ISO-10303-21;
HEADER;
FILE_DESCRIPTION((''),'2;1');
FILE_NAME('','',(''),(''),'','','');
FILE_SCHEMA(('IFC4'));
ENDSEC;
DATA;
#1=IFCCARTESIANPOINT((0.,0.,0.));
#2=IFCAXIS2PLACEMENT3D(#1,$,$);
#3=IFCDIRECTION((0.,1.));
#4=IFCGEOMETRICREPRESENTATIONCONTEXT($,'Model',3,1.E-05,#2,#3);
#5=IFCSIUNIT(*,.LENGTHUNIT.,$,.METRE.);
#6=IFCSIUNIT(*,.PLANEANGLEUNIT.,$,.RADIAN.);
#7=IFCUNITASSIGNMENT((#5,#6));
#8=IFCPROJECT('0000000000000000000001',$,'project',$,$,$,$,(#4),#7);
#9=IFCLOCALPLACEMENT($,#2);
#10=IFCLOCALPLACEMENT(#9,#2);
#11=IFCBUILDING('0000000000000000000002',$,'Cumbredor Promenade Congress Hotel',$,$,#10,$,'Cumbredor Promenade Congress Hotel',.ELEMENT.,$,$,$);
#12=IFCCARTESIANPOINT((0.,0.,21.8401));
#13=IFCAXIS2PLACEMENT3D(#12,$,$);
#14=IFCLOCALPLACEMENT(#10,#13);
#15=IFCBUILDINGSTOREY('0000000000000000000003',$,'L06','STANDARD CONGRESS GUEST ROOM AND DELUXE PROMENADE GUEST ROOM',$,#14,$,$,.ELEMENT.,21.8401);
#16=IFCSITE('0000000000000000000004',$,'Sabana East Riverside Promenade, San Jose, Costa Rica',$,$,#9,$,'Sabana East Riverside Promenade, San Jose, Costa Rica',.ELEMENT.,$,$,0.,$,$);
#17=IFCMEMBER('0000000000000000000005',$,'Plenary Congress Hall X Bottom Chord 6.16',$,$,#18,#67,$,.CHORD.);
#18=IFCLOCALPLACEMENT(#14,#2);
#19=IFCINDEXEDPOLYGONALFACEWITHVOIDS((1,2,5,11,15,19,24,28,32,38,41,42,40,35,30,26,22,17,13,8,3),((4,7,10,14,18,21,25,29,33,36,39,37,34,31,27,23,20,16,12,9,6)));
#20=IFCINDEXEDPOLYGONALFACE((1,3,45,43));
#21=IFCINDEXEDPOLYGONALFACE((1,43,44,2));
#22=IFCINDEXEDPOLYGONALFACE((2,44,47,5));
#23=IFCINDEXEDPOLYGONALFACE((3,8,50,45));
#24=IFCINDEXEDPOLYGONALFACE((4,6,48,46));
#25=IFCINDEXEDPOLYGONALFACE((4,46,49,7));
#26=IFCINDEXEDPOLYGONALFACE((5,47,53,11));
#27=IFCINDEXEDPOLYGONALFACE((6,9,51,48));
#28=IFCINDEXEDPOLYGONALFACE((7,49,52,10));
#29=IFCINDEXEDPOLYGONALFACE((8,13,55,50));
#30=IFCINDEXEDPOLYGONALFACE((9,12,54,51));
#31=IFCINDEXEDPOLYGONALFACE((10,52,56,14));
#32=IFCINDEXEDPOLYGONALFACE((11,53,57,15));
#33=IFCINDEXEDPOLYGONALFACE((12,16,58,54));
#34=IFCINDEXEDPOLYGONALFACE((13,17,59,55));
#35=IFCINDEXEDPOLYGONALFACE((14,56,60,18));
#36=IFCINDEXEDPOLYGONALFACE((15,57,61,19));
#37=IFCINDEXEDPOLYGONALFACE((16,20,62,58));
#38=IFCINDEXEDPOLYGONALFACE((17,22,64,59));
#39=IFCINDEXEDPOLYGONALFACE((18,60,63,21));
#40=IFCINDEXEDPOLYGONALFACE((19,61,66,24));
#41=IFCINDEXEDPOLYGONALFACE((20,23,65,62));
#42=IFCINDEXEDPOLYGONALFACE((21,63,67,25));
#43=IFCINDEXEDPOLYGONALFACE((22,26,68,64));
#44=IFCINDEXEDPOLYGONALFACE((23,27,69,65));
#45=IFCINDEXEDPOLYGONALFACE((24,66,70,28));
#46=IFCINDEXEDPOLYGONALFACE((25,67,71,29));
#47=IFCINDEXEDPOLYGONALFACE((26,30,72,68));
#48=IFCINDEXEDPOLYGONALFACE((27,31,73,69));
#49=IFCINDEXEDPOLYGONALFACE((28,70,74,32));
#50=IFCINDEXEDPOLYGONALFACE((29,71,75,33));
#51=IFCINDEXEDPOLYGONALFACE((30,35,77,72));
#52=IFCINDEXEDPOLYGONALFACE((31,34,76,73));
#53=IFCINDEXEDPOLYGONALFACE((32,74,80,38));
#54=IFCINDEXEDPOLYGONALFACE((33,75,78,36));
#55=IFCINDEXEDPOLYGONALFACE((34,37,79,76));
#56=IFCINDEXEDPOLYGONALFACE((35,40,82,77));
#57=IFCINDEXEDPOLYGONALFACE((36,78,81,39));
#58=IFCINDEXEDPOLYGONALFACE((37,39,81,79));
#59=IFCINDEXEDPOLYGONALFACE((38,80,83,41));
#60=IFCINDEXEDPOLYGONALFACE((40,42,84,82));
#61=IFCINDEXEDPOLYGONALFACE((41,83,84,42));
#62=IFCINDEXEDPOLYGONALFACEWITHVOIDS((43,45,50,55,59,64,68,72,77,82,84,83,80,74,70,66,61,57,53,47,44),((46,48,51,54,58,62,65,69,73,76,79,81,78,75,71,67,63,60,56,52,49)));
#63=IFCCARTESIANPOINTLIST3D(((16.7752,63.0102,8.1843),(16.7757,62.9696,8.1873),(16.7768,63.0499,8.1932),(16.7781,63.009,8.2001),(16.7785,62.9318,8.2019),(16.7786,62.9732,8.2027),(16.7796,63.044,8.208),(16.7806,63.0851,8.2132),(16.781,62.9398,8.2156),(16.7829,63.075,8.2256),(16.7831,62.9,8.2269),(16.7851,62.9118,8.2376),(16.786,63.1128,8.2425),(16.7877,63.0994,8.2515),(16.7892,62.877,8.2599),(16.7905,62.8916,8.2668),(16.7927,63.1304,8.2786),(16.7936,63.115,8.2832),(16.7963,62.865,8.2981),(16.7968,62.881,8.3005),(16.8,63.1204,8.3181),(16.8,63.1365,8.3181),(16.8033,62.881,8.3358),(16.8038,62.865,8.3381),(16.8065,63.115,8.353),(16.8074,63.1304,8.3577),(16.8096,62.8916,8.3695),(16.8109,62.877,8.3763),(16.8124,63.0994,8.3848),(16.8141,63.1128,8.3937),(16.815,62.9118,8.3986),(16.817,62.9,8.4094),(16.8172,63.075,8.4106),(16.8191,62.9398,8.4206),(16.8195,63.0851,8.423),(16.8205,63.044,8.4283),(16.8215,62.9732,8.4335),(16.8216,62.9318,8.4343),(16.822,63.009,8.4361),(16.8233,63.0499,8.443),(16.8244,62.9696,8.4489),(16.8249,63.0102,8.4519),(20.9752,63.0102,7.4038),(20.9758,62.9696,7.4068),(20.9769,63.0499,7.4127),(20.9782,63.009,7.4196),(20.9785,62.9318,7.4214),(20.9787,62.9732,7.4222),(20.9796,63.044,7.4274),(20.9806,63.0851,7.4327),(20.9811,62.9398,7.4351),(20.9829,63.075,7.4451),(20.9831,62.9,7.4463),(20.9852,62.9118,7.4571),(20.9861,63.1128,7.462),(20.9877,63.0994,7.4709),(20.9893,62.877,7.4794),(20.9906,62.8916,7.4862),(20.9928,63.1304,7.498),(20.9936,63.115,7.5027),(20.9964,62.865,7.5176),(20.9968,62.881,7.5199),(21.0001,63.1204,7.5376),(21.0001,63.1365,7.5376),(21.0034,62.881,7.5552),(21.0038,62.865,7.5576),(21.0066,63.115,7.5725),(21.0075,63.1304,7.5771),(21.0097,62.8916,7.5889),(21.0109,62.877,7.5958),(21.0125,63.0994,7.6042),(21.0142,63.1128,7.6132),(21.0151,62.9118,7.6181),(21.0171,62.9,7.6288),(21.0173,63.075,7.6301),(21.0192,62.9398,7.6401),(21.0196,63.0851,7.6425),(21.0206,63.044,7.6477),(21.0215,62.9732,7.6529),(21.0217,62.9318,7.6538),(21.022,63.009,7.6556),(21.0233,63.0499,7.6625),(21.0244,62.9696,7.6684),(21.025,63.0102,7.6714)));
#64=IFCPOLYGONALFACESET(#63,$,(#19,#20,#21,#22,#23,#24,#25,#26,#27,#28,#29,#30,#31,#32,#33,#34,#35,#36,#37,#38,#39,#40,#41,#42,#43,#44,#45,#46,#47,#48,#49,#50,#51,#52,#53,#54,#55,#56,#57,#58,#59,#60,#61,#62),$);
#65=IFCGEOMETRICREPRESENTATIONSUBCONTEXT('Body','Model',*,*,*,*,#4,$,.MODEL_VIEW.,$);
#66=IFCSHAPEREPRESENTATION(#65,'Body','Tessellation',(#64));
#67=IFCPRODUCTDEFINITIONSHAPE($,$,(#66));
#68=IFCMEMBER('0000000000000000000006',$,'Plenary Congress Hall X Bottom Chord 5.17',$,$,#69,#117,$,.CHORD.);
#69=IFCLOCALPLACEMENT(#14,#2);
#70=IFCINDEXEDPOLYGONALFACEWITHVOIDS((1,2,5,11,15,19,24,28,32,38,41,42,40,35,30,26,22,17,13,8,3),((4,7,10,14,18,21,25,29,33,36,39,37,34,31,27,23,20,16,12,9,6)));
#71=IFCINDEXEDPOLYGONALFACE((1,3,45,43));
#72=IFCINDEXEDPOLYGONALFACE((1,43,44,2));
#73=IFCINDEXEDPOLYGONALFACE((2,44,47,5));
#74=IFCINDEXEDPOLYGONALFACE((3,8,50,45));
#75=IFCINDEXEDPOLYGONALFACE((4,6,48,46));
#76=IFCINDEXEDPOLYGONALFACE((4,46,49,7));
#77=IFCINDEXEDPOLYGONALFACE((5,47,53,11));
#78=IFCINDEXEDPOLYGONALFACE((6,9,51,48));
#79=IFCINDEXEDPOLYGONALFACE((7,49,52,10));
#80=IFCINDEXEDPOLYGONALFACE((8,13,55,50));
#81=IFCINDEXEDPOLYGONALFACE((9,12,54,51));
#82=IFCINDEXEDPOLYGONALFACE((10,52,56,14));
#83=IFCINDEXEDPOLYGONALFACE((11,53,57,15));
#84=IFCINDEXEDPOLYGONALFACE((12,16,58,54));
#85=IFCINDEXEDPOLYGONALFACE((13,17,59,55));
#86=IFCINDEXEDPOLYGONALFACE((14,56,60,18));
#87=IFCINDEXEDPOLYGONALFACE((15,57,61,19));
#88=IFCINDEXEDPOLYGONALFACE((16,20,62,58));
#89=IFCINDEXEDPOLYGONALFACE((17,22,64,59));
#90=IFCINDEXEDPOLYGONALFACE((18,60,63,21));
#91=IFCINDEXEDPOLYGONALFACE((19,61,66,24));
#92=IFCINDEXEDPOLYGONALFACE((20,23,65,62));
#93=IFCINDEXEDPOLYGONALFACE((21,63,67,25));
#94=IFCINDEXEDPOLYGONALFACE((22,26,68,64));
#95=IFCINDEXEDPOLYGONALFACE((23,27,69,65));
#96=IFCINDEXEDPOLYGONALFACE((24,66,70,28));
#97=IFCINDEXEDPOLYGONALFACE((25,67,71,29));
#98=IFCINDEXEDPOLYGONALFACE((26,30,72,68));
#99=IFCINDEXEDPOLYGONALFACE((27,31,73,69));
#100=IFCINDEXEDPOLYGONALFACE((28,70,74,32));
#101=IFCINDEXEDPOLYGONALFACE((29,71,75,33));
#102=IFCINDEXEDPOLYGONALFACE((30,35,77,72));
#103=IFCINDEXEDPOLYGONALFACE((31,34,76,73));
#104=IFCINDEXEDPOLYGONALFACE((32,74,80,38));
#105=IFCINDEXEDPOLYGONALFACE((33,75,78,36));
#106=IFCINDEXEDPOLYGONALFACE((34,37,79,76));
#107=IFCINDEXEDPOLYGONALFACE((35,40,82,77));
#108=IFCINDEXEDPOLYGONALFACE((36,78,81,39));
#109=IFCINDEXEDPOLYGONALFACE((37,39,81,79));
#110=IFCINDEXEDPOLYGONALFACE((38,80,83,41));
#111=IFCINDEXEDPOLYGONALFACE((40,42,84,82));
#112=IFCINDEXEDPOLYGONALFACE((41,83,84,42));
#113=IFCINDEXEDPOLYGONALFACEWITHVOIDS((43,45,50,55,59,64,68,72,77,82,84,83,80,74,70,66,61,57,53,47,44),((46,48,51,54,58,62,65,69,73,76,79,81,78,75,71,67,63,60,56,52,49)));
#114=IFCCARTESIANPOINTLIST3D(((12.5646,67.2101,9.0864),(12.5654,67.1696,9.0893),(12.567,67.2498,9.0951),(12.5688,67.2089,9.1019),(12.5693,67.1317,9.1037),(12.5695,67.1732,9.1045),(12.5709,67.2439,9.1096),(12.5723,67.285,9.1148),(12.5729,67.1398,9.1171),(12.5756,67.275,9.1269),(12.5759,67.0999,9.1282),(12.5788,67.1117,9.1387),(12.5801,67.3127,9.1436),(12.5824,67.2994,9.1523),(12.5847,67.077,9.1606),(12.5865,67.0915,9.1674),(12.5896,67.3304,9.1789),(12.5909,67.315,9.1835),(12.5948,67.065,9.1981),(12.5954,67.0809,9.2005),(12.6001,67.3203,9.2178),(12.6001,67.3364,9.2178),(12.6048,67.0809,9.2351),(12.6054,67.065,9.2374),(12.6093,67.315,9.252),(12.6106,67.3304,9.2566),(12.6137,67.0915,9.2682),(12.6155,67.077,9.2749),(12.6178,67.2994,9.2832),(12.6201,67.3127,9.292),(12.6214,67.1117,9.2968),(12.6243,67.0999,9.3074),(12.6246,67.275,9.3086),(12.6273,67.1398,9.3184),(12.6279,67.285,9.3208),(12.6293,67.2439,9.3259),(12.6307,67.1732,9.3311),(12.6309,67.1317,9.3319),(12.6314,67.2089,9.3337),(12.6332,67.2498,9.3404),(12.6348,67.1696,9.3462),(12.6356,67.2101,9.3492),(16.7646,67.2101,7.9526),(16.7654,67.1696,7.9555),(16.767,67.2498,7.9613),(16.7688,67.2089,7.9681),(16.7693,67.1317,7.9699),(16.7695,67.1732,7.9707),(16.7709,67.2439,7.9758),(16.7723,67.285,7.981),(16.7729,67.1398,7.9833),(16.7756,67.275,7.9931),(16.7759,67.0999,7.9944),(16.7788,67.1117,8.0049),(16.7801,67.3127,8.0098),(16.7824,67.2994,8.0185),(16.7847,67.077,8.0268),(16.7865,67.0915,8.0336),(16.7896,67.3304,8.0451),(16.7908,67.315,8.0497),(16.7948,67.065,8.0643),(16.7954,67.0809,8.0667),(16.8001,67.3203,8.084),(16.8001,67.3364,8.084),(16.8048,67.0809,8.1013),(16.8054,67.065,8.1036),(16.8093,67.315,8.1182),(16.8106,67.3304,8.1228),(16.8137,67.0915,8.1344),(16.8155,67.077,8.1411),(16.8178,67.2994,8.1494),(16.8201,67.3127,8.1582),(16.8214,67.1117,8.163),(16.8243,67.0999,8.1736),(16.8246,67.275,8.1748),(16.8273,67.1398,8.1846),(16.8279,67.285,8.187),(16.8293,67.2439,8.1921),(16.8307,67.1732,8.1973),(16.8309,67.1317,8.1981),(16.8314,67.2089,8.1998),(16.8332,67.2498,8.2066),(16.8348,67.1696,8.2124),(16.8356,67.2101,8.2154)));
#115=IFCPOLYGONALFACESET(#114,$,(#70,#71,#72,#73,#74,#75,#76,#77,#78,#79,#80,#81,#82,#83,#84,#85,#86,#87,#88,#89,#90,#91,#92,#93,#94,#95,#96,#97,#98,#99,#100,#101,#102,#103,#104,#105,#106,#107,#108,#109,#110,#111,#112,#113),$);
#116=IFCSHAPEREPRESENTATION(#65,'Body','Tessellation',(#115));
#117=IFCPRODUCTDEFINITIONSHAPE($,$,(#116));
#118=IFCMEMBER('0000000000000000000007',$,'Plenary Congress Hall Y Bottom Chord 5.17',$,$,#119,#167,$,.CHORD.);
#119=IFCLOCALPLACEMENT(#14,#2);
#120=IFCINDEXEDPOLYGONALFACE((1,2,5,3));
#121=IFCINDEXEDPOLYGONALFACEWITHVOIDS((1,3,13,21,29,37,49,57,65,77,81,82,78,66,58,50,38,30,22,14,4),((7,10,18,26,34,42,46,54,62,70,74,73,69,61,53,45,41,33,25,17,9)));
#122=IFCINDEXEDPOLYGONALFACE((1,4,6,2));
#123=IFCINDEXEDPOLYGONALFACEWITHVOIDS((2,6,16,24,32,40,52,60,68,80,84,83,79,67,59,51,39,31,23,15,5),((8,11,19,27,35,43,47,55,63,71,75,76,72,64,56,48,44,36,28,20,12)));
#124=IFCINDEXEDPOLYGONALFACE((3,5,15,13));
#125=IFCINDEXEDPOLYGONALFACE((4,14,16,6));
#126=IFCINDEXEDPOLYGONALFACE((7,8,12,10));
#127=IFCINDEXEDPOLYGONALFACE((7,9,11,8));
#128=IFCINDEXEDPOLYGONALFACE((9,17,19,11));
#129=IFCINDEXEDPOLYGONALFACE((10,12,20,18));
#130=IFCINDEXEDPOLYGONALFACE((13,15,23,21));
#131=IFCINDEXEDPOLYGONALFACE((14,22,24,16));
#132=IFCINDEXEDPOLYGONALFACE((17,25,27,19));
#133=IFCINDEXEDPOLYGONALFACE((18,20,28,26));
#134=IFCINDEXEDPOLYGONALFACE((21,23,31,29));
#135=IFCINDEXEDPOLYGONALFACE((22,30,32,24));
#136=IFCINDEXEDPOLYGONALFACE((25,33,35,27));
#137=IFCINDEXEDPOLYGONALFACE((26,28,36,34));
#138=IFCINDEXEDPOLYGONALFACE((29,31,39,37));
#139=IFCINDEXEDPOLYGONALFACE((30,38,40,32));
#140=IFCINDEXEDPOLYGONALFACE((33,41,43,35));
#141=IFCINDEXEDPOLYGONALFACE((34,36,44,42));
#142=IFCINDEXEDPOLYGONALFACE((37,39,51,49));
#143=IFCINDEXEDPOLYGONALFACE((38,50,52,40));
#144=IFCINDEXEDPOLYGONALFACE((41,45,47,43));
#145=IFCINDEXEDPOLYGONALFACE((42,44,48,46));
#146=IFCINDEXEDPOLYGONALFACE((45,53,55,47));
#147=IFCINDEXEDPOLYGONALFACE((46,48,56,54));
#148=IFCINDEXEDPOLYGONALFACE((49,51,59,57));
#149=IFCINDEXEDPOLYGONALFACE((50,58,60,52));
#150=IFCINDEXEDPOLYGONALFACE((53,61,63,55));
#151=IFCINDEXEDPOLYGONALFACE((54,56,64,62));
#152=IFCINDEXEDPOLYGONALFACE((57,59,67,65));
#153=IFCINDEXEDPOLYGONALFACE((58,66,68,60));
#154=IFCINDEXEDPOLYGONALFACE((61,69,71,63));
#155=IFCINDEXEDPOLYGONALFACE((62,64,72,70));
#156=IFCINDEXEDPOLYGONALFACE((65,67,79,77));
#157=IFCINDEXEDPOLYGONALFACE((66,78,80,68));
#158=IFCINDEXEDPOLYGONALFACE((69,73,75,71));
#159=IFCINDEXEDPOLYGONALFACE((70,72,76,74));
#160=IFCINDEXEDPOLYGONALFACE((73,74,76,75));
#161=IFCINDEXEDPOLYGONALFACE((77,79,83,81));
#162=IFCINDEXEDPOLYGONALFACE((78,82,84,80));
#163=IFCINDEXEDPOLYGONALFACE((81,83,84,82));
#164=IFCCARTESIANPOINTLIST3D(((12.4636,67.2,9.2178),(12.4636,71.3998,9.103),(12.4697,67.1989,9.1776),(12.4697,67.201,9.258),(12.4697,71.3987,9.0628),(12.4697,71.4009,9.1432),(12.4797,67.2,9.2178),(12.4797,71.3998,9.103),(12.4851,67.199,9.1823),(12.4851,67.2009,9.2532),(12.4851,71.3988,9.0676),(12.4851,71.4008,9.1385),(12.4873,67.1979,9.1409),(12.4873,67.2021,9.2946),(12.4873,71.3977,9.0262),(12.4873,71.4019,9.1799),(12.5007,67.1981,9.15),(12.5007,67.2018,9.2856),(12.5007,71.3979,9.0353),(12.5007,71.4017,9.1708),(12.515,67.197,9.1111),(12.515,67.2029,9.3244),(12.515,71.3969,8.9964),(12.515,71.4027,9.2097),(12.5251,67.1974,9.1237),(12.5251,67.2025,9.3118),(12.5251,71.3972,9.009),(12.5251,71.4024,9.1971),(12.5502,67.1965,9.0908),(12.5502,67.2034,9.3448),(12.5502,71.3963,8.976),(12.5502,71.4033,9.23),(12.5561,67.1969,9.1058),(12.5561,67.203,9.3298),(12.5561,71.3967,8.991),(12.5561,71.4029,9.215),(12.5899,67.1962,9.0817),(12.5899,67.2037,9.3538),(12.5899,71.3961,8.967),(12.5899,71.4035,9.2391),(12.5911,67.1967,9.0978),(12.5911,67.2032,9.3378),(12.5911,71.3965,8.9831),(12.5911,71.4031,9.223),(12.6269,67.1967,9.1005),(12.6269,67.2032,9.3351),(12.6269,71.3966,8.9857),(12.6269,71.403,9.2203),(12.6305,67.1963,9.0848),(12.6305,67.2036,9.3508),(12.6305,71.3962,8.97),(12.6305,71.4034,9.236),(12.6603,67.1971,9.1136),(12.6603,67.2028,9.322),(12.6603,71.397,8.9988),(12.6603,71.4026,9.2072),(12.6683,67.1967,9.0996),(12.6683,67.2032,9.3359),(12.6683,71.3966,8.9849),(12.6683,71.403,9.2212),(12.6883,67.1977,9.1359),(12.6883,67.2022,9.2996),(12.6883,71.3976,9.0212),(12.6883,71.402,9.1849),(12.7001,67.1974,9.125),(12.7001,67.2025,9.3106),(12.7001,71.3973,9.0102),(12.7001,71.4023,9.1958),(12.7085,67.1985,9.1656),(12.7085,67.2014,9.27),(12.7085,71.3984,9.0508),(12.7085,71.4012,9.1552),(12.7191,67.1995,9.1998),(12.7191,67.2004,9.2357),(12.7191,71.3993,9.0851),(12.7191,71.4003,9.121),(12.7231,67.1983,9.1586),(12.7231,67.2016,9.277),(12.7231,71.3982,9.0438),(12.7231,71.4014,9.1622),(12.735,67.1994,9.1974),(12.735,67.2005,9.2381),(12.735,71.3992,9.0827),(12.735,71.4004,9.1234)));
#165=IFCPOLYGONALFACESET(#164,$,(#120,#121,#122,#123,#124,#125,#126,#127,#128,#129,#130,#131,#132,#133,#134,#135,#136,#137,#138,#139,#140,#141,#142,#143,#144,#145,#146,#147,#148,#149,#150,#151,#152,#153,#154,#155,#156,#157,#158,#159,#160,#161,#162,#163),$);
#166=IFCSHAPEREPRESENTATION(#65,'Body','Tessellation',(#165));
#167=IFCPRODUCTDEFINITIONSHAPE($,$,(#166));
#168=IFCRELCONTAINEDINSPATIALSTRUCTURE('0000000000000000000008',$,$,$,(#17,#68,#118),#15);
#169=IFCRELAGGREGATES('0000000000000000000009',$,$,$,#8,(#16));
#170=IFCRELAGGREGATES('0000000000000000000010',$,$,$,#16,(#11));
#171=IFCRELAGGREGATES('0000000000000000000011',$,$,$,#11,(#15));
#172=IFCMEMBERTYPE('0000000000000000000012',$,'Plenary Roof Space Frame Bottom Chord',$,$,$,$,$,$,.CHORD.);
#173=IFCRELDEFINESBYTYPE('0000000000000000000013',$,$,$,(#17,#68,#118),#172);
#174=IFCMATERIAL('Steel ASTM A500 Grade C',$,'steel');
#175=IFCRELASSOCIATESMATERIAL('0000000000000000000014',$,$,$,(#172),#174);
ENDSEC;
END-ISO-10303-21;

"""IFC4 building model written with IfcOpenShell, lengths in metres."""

from ifc_helpers import new_model, si_unit, direction, frame, origin, origin_2d, place, context, subcontext, project, spatial, hollow_circle, extrude, material, material_profile, profile_set, type_object, element, save


model = new_model("IFC4")

# Units and contexts
model_context = context("Model", 3, precision=1e-05, world=origin(), true_north=direction((0.0, 1.0)))
body_context = subcontext(model_context, "Body", "Model", "MODEL_VIEW")
ifc_project = project(units=[si_unit("LENGTHUNIT", "METRE"), si_unit("PLANEANGLEUNIT", "RADIAN")], contexts=[model_context])

# Site, building, storey
site_placement = place(None, origin())
site = spatial("IfcSite", under=ifc_project, at=site_placement, Name="Sabana East Riverside Promenade, San Jose, Costa Rica", LongName="Sabana East Riverside Promenade, San Jose, Costa Rica", CompositionType="ELEMENT", RefElevation=0.0)
building_placement = place(site_placement, origin())
building = spatial("IfcBuilding", under=site, at=building_placement, Name="Cumbredor Promenade Congress Hotel", LongName="Cumbredor Promenade Congress Hotel", CompositionType="ELEMENT")
storey_placement = place(building_placement, frame((0.0, 0.0, 21.8401)))
storey = spatial("IfcBuildingStorey", under=building, at=storey_placement, Name="L06", Description="STANDARD CONGRESS GUEST ROOM AND DELUXE PROMENADE GUEST ROOM", CompositionType="ELEMENT", Elevation=21.8401)

# Members
ifc_material_1 = material(Name="Steel ASTM A500 Grade C", Category="steel")
ifc_material_profile_1 = material_profile(ifc_material_1, hollow_circle(Radius=0.1365, WallThickness=0.0161, at=origin_2d()), Name="CHS 273.0x16")
ifc_profile_set_1 = profile_set([ifc_material_profile_1], Name="Steel ASTM A500 Grade C")
member_type_1 = type_object("IfcMemberType", Name="Plenary Roof Space Frame Bottom Chord", PredefinedType="CHORD", material=ifc_profile_set_1)
member_1_placement = place(storey_placement, frame((16.8, 63.0, 8.3181), z_axis=(0.983167, 0.0, -0.182711), x_axis=(0.0, 1.0, 0.0)))
element("IfcMember", 1, at=member_1_placement, inside=storey, type_object=member_type_1, Name="Plenary Congress Hall X Bottom Chord 6.16", PredefinedType="CHORD", context=body_context, shape_type="SweptSolid", body=[
    extrude(hollow_circle(Radius=0.1365, WallThickness=0.0161, at=origin_2d()), origin(), (0.0, 0.0, 1.0), 4.272),
])
member_2_placement = place(storey_placement, frame((12.6001, 67.2, 9.2178), z_axis=(0.965441, 0.0, -0.260623), x_axis=(0.0, 1.0, 0.0)))
element("IfcMember", 2, at=member_2_placement, inside=storey, type_object=member_type_1, Name="Plenary Congress Hall X Bottom Chord 5.17", PredefinedType="CHORD", context=body_context, shape_type="SweptSolid", body=[
    extrude(hollow_circle(Radius=0.1365, WallThickness=0.0161, at=origin_2d()), origin(), (0.0, 0.0, 1.0), 4.3503),
])
member_3_placement = place(storey_placement, frame((12.6001, 67.2, 9.2178), z_axis=(0.0, 0.999627, -0.027311), x_axis=(-1.0, 0.0, 0.0)))
element("IfcMember", 3, at=member_3_placement, inside=storey, type_object=member_type_1, Name="Plenary Congress Hall Y Bottom Chord 5.17", PredefinedType="CHORD", context=body_context, shape_type="SweptSolid", body=[
    extrude(hollow_circle(Radius=0.1365, WallThickness=0.0161, at=origin_2d()), origin(), (0.0, 0.0, 1.0), 4.2014),
])

save(model, "model.ifc")
